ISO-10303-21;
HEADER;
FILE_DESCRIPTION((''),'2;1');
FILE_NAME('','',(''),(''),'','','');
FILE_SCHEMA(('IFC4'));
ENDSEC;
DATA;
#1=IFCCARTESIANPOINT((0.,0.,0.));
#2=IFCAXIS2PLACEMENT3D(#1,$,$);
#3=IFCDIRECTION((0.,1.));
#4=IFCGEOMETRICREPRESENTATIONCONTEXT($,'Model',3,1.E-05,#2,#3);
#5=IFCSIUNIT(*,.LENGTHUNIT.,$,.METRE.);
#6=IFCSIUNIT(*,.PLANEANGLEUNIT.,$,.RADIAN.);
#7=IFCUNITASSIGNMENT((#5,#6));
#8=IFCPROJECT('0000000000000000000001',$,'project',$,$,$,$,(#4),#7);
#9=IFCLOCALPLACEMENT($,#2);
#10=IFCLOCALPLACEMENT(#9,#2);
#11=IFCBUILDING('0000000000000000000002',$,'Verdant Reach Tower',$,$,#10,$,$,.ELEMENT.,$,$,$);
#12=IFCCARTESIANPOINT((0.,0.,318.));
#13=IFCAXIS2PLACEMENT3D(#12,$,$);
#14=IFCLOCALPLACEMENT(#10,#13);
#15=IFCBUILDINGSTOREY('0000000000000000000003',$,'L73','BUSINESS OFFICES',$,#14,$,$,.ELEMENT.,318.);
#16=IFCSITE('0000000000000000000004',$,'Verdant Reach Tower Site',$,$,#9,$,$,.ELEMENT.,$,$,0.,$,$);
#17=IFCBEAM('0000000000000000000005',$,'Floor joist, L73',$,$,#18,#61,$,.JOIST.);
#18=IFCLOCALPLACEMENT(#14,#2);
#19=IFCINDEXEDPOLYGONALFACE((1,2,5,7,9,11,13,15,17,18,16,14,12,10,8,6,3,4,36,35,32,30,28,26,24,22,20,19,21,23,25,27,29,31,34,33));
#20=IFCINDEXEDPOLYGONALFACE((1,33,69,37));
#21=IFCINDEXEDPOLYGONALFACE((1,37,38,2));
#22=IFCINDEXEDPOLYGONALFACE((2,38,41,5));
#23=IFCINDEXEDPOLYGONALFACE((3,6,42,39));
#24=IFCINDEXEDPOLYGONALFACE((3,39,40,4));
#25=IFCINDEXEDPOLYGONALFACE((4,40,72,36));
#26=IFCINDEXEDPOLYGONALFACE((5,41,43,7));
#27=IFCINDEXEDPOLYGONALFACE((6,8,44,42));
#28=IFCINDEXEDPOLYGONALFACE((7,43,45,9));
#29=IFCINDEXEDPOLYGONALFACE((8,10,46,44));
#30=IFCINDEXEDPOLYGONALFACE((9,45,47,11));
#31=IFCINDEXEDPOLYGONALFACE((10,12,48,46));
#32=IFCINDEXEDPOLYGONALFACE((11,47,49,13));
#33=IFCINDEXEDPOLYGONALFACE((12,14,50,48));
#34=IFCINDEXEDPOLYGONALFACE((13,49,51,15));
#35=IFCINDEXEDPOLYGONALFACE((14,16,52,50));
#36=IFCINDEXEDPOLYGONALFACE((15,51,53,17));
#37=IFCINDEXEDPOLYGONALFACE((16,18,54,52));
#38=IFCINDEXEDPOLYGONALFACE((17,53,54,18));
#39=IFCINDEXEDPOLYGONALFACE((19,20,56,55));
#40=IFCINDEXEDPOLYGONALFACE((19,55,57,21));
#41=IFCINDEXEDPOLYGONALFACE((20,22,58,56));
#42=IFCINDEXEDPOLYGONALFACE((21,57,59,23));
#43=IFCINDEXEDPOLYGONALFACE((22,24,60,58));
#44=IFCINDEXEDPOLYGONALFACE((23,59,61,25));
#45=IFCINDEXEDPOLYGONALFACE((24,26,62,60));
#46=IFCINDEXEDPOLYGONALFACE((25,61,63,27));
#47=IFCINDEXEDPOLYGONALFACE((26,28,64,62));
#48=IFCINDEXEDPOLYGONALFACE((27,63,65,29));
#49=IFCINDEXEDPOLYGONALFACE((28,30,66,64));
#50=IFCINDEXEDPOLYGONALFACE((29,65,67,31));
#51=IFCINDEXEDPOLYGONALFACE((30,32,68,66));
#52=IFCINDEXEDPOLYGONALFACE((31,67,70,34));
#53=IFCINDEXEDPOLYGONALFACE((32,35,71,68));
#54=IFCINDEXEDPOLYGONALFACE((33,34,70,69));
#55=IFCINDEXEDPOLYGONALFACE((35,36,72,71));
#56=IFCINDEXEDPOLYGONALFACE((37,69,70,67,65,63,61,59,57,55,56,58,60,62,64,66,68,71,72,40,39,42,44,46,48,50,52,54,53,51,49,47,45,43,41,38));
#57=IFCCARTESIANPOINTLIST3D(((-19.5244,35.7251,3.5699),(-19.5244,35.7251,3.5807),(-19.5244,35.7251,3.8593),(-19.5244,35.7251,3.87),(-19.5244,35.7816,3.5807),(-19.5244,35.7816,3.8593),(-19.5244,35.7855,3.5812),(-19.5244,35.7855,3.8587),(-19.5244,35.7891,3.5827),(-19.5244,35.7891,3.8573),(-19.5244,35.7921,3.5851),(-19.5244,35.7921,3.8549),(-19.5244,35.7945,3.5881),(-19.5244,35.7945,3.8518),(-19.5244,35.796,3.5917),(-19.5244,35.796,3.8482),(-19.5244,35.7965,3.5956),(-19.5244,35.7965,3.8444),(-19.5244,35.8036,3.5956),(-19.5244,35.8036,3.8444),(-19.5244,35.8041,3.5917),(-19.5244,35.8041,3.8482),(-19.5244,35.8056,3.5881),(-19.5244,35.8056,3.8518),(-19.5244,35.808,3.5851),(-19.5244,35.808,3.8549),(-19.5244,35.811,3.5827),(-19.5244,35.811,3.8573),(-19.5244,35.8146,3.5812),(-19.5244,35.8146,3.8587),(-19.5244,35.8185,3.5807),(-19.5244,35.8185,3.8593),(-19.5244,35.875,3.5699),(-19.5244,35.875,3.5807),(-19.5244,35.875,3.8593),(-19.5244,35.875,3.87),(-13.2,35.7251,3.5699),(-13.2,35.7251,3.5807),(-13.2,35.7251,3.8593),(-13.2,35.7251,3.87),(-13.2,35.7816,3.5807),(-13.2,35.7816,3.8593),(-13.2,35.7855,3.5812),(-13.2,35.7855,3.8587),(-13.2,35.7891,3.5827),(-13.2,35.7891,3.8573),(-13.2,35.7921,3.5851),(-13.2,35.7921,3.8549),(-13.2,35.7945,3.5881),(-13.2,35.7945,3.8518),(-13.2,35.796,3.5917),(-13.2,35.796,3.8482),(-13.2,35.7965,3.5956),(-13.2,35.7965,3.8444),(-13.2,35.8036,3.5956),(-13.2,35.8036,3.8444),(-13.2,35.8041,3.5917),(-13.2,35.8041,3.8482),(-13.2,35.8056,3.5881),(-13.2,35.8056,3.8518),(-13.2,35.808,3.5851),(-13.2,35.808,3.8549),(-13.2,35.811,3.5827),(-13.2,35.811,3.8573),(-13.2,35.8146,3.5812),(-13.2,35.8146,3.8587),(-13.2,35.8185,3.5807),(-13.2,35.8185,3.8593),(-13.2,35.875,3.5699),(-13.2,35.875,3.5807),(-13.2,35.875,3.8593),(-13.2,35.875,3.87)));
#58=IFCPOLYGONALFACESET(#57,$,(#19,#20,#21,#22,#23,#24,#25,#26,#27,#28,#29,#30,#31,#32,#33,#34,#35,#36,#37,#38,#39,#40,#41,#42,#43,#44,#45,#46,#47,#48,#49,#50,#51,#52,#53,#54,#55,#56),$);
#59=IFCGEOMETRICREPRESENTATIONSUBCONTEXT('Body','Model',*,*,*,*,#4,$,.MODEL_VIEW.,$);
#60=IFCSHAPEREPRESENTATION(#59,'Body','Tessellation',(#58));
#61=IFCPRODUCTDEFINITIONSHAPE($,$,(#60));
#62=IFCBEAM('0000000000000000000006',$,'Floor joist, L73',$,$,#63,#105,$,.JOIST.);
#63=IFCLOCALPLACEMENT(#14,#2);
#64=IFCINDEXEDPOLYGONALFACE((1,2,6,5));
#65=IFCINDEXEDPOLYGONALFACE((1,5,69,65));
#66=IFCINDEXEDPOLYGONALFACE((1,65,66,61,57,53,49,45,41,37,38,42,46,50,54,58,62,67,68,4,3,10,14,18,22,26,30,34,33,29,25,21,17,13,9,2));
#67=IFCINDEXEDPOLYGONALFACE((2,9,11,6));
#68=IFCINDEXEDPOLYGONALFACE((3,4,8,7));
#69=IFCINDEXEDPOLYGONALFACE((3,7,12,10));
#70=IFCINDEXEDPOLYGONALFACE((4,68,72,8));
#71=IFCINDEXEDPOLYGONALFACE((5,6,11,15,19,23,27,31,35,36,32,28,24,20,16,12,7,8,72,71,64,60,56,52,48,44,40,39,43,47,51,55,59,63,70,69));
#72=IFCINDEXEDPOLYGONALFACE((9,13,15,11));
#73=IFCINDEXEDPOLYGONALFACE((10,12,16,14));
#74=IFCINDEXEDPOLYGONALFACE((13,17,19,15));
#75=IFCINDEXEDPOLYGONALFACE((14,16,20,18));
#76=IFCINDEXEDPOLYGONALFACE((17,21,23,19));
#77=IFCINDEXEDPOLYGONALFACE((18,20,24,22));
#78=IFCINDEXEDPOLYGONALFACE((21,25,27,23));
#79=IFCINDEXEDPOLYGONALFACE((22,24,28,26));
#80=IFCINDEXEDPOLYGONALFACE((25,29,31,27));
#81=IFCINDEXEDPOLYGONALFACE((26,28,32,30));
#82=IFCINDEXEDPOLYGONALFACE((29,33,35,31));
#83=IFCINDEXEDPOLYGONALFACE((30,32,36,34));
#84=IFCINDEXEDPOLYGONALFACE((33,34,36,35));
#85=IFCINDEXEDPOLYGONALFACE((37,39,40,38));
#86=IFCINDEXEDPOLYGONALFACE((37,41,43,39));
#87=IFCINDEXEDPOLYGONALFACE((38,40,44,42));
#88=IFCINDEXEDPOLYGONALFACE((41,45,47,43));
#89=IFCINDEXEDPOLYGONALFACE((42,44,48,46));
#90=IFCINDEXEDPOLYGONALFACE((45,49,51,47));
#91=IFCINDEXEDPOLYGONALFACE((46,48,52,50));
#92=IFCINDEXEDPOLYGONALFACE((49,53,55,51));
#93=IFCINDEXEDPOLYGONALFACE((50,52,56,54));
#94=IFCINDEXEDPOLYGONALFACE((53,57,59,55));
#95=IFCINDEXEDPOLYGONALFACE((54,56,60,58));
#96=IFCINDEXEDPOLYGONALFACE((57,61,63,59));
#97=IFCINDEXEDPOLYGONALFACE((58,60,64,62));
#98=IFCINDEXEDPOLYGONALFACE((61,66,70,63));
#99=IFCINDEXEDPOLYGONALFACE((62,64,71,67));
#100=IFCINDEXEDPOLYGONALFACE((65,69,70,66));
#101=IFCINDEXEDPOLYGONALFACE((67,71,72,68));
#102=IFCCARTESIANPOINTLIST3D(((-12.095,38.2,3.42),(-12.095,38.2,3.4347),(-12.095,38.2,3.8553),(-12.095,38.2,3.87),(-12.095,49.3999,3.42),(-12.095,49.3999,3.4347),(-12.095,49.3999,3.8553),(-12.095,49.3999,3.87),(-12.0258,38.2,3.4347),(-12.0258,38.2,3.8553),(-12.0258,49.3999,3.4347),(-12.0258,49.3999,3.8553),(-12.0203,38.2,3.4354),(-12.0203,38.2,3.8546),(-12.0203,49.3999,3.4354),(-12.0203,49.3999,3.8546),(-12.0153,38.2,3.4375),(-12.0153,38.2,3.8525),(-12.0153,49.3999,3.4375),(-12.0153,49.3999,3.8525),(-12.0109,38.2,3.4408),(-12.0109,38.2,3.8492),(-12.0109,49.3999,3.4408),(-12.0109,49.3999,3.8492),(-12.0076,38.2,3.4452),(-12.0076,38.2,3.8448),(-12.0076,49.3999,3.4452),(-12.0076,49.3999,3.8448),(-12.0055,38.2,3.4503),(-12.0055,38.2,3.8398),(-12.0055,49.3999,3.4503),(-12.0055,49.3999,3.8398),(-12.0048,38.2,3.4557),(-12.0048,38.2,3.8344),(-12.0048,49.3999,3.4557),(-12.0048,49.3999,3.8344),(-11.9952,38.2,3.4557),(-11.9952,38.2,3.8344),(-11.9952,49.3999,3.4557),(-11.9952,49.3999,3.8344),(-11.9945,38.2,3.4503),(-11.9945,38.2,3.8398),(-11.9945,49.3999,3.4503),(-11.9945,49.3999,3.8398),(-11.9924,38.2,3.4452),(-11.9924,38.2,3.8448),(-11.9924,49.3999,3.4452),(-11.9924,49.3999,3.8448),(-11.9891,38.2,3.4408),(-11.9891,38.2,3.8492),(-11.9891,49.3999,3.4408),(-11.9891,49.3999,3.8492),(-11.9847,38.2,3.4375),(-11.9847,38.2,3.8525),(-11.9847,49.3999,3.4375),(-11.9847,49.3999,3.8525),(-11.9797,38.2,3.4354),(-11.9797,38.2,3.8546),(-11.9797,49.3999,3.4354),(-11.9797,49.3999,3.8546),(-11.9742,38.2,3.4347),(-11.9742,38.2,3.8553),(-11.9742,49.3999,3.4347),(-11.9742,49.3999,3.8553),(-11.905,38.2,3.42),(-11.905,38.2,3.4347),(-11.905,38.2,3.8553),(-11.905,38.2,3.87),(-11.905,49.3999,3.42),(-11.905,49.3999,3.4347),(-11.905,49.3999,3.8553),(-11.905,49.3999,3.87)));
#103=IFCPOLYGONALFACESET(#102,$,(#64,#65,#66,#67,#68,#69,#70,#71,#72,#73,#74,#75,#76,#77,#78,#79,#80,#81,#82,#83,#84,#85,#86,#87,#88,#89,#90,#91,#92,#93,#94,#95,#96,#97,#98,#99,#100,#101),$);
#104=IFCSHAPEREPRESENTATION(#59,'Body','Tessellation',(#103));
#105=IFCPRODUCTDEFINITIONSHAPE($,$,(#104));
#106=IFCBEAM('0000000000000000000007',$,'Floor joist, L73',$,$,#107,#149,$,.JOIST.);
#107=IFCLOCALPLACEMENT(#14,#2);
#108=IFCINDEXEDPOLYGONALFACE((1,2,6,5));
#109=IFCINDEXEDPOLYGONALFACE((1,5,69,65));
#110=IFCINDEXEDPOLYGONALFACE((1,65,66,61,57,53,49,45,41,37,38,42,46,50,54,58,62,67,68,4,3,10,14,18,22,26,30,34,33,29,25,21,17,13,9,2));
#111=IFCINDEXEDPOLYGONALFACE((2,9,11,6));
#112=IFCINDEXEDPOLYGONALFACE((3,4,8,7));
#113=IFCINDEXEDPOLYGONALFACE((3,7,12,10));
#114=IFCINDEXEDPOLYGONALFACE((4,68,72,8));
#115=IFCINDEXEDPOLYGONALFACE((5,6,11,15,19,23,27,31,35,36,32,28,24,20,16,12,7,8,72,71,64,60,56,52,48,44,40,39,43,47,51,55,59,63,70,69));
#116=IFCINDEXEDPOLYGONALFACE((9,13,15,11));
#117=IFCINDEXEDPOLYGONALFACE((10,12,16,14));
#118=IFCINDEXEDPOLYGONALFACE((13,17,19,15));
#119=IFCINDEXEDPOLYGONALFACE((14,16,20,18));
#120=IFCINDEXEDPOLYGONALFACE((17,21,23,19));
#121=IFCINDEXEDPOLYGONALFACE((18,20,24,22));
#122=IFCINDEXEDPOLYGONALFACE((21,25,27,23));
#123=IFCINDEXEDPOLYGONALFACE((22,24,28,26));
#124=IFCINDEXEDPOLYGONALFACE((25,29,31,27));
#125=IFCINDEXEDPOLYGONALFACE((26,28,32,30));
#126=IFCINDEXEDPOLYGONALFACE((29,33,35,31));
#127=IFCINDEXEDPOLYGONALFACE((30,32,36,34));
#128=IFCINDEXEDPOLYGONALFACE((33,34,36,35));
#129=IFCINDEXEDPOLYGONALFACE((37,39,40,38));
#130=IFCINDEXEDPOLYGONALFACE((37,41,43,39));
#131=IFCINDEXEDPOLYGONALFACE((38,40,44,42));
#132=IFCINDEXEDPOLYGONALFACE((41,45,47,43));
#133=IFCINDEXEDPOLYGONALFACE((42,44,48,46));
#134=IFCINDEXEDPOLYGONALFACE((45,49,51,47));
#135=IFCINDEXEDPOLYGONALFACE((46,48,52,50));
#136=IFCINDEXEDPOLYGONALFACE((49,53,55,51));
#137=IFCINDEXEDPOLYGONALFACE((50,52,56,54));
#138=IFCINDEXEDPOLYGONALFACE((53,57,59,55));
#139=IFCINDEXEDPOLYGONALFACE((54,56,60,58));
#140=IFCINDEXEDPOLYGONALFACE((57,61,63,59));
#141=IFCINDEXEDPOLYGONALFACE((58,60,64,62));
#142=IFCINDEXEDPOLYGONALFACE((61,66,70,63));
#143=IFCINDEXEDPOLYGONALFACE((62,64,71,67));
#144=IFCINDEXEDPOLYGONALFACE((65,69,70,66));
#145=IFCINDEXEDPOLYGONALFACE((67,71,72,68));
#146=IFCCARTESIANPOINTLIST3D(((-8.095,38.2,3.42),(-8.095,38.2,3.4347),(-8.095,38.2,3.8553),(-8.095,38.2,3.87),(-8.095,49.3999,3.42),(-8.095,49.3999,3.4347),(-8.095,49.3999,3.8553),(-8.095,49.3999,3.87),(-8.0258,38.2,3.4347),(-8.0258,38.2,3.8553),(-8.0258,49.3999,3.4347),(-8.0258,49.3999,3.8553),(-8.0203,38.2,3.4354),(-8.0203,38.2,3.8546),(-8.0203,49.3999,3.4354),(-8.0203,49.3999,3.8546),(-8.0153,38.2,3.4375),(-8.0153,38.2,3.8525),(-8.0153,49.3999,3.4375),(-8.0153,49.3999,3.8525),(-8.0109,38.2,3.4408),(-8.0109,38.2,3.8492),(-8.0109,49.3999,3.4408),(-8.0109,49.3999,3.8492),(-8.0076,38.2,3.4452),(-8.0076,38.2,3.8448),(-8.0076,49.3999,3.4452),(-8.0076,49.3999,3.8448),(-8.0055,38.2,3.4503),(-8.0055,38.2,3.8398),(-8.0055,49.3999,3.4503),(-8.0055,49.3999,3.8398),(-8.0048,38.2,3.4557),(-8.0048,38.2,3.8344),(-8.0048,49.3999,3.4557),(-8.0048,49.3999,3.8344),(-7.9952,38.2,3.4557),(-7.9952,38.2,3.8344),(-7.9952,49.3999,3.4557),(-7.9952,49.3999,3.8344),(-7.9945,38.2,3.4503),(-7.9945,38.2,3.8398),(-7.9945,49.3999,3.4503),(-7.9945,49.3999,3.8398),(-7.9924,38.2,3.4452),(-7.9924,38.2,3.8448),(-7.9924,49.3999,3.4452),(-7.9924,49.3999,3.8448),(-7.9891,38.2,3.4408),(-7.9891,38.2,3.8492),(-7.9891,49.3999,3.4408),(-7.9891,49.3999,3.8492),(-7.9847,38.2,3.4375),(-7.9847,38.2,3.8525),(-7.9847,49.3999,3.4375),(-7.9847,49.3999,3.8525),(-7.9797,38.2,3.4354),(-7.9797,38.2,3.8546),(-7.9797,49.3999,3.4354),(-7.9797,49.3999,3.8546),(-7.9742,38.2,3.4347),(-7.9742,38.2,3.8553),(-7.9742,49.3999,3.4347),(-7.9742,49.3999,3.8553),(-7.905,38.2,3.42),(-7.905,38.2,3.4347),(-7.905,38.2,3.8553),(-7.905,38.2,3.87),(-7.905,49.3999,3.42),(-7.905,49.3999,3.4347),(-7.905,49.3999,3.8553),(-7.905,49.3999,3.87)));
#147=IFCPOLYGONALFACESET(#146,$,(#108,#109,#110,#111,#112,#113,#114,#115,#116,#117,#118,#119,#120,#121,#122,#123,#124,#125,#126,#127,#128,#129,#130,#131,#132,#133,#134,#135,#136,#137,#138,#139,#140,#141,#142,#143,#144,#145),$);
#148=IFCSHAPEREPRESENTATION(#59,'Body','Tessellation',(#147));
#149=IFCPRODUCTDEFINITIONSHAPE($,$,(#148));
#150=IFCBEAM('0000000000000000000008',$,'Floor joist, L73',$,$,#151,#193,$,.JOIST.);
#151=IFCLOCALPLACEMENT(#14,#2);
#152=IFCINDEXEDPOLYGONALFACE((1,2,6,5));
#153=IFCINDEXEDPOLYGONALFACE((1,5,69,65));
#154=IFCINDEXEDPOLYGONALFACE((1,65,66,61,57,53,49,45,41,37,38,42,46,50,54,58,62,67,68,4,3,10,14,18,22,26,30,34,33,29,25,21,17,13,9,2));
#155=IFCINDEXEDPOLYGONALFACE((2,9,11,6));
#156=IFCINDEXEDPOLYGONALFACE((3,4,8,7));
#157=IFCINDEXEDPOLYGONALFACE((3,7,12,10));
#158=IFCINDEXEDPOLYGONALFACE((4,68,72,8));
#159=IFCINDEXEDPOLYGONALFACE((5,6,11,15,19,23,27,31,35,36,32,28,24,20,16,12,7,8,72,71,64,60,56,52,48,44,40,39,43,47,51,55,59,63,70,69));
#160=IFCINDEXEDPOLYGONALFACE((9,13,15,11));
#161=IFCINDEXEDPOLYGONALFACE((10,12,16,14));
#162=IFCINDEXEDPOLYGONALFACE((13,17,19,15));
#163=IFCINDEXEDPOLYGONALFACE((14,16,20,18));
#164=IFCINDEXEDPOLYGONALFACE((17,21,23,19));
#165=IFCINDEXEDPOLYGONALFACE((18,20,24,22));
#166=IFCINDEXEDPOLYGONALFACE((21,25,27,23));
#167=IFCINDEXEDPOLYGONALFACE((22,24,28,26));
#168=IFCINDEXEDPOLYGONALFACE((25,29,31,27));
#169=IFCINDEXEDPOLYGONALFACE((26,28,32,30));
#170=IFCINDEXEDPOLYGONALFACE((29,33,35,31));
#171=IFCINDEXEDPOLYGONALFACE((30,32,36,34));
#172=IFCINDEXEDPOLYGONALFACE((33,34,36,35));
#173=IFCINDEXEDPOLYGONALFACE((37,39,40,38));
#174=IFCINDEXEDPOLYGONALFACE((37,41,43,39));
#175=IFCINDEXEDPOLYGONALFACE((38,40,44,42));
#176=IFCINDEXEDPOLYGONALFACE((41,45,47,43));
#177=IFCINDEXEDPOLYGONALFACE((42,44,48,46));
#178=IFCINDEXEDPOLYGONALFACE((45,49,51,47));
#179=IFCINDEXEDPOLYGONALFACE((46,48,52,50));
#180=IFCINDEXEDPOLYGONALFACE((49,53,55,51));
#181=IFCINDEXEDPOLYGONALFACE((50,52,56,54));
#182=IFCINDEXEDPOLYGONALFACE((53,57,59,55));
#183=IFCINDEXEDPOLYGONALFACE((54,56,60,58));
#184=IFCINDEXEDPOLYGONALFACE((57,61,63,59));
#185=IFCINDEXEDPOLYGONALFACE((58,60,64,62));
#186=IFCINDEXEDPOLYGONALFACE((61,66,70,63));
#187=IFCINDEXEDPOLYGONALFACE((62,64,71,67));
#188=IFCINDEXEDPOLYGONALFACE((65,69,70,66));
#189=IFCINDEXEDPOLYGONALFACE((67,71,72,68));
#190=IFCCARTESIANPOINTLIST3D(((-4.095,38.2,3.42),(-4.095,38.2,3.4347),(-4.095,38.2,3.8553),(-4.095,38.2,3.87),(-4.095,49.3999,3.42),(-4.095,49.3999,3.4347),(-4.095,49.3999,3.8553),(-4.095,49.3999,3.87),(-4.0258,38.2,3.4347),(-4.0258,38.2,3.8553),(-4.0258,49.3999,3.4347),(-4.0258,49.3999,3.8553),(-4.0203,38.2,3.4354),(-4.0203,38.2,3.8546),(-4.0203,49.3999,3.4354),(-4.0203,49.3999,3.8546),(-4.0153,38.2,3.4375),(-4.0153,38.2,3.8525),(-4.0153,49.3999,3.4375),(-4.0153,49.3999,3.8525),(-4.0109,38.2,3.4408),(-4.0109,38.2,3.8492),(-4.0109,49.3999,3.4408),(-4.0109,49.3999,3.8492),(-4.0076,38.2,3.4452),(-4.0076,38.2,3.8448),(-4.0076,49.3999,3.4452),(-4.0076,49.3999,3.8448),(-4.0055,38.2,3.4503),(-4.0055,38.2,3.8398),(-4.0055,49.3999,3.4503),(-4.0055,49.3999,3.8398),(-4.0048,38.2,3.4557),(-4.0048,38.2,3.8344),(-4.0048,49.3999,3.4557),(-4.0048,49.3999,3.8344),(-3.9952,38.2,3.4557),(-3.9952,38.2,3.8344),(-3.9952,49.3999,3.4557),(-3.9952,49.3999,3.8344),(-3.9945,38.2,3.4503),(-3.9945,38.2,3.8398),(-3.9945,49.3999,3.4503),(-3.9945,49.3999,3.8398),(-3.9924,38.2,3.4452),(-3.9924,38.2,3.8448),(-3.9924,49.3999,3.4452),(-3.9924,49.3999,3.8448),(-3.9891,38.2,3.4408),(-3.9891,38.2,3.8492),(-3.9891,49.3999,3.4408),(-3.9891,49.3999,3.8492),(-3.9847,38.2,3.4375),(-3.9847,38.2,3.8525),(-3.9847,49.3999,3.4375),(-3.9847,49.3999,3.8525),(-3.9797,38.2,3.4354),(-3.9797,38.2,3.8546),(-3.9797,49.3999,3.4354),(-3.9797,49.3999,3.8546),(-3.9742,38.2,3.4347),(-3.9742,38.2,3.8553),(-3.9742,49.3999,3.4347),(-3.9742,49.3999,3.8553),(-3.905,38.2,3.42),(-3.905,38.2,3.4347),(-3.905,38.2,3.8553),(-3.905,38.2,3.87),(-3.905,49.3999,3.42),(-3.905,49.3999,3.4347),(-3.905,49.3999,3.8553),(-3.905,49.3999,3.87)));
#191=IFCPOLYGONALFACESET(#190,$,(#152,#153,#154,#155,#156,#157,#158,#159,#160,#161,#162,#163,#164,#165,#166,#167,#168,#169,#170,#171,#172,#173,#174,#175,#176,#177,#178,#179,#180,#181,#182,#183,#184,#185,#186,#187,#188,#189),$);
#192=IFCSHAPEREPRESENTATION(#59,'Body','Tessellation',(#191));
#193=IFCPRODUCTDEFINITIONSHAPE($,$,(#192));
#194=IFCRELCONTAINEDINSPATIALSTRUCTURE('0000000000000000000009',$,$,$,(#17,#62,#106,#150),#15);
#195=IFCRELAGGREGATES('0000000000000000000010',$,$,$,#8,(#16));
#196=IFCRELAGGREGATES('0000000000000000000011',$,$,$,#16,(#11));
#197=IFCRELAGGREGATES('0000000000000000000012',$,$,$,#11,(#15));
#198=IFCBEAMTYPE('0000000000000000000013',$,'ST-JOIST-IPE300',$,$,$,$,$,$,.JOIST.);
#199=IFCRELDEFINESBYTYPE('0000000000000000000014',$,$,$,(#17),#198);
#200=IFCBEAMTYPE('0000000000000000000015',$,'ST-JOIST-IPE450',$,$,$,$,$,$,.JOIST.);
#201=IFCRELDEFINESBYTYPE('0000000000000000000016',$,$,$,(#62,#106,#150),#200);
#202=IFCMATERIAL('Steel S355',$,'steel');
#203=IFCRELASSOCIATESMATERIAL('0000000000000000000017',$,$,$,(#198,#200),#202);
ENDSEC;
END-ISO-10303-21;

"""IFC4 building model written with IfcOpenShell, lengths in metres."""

from ifc_helpers import new_model, si_unit, direction, frame, origin, origin_2d, place, context, subcontext, project, spatial, i_section, extrude, material, material_profile, profile_set, type_object, element, save


model = new_model("IFC4")

# Units and contexts
model_context = context("Model", 3, precision=1e-05, world=origin(), true_north=direction((0.0, 1.0)))
body_context = subcontext(model_context, "Body", "Model", "MODEL_VIEW")
ifc_project = project(units=[si_unit("LENGTHUNIT", "METRE"), si_unit("PLANEANGLEUNIT", "RADIAN")], contexts=[model_context])

# Site, building, storey
site_placement = place(None, origin())
site = spatial("IfcSite", under=ifc_project, at=site_placement, Name="Verdant Reach Tower Site", CompositionType="ELEMENT", RefElevation=0.0)
building_placement = place(site_placement, origin())
building = spatial("IfcBuilding", under=site, at=building_placement, Name="Verdant Reach Tower", CompositionType="ELEMENT")
storey_placement = place(building_placement, frame((0.0, 0.0, 318.0)))
storey = spatial("IfcBuildingStorey", under=building, at=storey_placement, Name="L73", Description="BUSINESS OFFICES", CompositionType="ELEMENT", Elevation=318.0)

# Beams
ifc_material_1 = material(Name="Steel S355", Category="steel")
ifc_material_profile_1 = material_profile(ifc_material_1, i_section(OverallWidth=0.1499, OverallDepth=0.3, WebThickness=0.0071, FlangeThickness=0.0107, FilletRadius=0.0149, at=origin_2d()), Name="IPE 300")
ifc_profile_set_1 = profile_set([ifc_material_profile_1], Name="Steel S355")
beam_type_1 = type_object("IfcBeamType", Name="ST-JOIST-IPE300", PredefinedType="JOIST", material=ifc_profile_set_1)
beam_1_placement = place(storey_placement, frame((-13.2, 35.8, 3.72), z_axis=(-1.0, 0.0, 0.0), x_axis=(0.0, -1.0, 0.0)))
element("IfcBeam", 1, at=beam_1_placement, inside=storey, type_object=beam_type_1, Name="Floor joist, L73", PredefinedType="JOIST", context=body_context, shape_type="SweptSolid", body=[
    extrude(i_section(OverallWidth=0.1499, OverallDepth=0.3, WebThickness=0.0071, FlangeThickness=0.0107, FilletRadius=0.0149, at=origin_2d()), origin(), (0.0, 0.0, 1.0), 6.3245),
])
ifc_material_profile_2 = material_profile(ifc_material_1, i_section(OverallWidth=0.1899, OverallDepth=0.45, WebThickness=0.0095, FlangeThickness=0.0146, FilletRadius=0.021, at=origin_2d()), Name="IPE 450")
ifc_profile_set_2 = profile_set([ifc_material_profile_2], Name="Steel S355")
beam_type_2 = type_object("IfcBeamType", Name="ST-JOIST-IPE450", PredefinedType="JOIST", material=ifc_profile_set_2)
for number, where, z_axis, x_axis, name in (
    (2, (-12.0, 38.2, 3.645), (0.0, 1.0, 0.0), (-1.0, 0.0, 0.0), "Floor joist, L73"),
    (3, (-8.0, 38.2, 3.645), (0.0, 1.0, 0.0), (-1.0, 0.0, 0.0), "Floor joist, L73"),
    (4, (-4.0, 38.2, 3.645), (0.0, 1.0, 0.0), (-1.0, 0.0, 0.0), "Floor joist, L73"),
):
    element("IfcBeam", number, at=place(storey_placement, frame(where, z_axis=z_axis, x_axis=x_axis)), inside=storey, type_object=beam_type_2, Name=name, PredefinedType="JOIST", context=body_context, shape_type="SweptSolid", body=[
        extrude(i_section(OverallWidth=0.1899, OverallDepth=0.45, WebThickness=0.0095, FlangeThickness=0.0146, FilletRadius=0.021, at=origin_2d()), origin(), (0.0, 0.0, 1.0), 11.2),
    ])

save(model, "model.ifc")
